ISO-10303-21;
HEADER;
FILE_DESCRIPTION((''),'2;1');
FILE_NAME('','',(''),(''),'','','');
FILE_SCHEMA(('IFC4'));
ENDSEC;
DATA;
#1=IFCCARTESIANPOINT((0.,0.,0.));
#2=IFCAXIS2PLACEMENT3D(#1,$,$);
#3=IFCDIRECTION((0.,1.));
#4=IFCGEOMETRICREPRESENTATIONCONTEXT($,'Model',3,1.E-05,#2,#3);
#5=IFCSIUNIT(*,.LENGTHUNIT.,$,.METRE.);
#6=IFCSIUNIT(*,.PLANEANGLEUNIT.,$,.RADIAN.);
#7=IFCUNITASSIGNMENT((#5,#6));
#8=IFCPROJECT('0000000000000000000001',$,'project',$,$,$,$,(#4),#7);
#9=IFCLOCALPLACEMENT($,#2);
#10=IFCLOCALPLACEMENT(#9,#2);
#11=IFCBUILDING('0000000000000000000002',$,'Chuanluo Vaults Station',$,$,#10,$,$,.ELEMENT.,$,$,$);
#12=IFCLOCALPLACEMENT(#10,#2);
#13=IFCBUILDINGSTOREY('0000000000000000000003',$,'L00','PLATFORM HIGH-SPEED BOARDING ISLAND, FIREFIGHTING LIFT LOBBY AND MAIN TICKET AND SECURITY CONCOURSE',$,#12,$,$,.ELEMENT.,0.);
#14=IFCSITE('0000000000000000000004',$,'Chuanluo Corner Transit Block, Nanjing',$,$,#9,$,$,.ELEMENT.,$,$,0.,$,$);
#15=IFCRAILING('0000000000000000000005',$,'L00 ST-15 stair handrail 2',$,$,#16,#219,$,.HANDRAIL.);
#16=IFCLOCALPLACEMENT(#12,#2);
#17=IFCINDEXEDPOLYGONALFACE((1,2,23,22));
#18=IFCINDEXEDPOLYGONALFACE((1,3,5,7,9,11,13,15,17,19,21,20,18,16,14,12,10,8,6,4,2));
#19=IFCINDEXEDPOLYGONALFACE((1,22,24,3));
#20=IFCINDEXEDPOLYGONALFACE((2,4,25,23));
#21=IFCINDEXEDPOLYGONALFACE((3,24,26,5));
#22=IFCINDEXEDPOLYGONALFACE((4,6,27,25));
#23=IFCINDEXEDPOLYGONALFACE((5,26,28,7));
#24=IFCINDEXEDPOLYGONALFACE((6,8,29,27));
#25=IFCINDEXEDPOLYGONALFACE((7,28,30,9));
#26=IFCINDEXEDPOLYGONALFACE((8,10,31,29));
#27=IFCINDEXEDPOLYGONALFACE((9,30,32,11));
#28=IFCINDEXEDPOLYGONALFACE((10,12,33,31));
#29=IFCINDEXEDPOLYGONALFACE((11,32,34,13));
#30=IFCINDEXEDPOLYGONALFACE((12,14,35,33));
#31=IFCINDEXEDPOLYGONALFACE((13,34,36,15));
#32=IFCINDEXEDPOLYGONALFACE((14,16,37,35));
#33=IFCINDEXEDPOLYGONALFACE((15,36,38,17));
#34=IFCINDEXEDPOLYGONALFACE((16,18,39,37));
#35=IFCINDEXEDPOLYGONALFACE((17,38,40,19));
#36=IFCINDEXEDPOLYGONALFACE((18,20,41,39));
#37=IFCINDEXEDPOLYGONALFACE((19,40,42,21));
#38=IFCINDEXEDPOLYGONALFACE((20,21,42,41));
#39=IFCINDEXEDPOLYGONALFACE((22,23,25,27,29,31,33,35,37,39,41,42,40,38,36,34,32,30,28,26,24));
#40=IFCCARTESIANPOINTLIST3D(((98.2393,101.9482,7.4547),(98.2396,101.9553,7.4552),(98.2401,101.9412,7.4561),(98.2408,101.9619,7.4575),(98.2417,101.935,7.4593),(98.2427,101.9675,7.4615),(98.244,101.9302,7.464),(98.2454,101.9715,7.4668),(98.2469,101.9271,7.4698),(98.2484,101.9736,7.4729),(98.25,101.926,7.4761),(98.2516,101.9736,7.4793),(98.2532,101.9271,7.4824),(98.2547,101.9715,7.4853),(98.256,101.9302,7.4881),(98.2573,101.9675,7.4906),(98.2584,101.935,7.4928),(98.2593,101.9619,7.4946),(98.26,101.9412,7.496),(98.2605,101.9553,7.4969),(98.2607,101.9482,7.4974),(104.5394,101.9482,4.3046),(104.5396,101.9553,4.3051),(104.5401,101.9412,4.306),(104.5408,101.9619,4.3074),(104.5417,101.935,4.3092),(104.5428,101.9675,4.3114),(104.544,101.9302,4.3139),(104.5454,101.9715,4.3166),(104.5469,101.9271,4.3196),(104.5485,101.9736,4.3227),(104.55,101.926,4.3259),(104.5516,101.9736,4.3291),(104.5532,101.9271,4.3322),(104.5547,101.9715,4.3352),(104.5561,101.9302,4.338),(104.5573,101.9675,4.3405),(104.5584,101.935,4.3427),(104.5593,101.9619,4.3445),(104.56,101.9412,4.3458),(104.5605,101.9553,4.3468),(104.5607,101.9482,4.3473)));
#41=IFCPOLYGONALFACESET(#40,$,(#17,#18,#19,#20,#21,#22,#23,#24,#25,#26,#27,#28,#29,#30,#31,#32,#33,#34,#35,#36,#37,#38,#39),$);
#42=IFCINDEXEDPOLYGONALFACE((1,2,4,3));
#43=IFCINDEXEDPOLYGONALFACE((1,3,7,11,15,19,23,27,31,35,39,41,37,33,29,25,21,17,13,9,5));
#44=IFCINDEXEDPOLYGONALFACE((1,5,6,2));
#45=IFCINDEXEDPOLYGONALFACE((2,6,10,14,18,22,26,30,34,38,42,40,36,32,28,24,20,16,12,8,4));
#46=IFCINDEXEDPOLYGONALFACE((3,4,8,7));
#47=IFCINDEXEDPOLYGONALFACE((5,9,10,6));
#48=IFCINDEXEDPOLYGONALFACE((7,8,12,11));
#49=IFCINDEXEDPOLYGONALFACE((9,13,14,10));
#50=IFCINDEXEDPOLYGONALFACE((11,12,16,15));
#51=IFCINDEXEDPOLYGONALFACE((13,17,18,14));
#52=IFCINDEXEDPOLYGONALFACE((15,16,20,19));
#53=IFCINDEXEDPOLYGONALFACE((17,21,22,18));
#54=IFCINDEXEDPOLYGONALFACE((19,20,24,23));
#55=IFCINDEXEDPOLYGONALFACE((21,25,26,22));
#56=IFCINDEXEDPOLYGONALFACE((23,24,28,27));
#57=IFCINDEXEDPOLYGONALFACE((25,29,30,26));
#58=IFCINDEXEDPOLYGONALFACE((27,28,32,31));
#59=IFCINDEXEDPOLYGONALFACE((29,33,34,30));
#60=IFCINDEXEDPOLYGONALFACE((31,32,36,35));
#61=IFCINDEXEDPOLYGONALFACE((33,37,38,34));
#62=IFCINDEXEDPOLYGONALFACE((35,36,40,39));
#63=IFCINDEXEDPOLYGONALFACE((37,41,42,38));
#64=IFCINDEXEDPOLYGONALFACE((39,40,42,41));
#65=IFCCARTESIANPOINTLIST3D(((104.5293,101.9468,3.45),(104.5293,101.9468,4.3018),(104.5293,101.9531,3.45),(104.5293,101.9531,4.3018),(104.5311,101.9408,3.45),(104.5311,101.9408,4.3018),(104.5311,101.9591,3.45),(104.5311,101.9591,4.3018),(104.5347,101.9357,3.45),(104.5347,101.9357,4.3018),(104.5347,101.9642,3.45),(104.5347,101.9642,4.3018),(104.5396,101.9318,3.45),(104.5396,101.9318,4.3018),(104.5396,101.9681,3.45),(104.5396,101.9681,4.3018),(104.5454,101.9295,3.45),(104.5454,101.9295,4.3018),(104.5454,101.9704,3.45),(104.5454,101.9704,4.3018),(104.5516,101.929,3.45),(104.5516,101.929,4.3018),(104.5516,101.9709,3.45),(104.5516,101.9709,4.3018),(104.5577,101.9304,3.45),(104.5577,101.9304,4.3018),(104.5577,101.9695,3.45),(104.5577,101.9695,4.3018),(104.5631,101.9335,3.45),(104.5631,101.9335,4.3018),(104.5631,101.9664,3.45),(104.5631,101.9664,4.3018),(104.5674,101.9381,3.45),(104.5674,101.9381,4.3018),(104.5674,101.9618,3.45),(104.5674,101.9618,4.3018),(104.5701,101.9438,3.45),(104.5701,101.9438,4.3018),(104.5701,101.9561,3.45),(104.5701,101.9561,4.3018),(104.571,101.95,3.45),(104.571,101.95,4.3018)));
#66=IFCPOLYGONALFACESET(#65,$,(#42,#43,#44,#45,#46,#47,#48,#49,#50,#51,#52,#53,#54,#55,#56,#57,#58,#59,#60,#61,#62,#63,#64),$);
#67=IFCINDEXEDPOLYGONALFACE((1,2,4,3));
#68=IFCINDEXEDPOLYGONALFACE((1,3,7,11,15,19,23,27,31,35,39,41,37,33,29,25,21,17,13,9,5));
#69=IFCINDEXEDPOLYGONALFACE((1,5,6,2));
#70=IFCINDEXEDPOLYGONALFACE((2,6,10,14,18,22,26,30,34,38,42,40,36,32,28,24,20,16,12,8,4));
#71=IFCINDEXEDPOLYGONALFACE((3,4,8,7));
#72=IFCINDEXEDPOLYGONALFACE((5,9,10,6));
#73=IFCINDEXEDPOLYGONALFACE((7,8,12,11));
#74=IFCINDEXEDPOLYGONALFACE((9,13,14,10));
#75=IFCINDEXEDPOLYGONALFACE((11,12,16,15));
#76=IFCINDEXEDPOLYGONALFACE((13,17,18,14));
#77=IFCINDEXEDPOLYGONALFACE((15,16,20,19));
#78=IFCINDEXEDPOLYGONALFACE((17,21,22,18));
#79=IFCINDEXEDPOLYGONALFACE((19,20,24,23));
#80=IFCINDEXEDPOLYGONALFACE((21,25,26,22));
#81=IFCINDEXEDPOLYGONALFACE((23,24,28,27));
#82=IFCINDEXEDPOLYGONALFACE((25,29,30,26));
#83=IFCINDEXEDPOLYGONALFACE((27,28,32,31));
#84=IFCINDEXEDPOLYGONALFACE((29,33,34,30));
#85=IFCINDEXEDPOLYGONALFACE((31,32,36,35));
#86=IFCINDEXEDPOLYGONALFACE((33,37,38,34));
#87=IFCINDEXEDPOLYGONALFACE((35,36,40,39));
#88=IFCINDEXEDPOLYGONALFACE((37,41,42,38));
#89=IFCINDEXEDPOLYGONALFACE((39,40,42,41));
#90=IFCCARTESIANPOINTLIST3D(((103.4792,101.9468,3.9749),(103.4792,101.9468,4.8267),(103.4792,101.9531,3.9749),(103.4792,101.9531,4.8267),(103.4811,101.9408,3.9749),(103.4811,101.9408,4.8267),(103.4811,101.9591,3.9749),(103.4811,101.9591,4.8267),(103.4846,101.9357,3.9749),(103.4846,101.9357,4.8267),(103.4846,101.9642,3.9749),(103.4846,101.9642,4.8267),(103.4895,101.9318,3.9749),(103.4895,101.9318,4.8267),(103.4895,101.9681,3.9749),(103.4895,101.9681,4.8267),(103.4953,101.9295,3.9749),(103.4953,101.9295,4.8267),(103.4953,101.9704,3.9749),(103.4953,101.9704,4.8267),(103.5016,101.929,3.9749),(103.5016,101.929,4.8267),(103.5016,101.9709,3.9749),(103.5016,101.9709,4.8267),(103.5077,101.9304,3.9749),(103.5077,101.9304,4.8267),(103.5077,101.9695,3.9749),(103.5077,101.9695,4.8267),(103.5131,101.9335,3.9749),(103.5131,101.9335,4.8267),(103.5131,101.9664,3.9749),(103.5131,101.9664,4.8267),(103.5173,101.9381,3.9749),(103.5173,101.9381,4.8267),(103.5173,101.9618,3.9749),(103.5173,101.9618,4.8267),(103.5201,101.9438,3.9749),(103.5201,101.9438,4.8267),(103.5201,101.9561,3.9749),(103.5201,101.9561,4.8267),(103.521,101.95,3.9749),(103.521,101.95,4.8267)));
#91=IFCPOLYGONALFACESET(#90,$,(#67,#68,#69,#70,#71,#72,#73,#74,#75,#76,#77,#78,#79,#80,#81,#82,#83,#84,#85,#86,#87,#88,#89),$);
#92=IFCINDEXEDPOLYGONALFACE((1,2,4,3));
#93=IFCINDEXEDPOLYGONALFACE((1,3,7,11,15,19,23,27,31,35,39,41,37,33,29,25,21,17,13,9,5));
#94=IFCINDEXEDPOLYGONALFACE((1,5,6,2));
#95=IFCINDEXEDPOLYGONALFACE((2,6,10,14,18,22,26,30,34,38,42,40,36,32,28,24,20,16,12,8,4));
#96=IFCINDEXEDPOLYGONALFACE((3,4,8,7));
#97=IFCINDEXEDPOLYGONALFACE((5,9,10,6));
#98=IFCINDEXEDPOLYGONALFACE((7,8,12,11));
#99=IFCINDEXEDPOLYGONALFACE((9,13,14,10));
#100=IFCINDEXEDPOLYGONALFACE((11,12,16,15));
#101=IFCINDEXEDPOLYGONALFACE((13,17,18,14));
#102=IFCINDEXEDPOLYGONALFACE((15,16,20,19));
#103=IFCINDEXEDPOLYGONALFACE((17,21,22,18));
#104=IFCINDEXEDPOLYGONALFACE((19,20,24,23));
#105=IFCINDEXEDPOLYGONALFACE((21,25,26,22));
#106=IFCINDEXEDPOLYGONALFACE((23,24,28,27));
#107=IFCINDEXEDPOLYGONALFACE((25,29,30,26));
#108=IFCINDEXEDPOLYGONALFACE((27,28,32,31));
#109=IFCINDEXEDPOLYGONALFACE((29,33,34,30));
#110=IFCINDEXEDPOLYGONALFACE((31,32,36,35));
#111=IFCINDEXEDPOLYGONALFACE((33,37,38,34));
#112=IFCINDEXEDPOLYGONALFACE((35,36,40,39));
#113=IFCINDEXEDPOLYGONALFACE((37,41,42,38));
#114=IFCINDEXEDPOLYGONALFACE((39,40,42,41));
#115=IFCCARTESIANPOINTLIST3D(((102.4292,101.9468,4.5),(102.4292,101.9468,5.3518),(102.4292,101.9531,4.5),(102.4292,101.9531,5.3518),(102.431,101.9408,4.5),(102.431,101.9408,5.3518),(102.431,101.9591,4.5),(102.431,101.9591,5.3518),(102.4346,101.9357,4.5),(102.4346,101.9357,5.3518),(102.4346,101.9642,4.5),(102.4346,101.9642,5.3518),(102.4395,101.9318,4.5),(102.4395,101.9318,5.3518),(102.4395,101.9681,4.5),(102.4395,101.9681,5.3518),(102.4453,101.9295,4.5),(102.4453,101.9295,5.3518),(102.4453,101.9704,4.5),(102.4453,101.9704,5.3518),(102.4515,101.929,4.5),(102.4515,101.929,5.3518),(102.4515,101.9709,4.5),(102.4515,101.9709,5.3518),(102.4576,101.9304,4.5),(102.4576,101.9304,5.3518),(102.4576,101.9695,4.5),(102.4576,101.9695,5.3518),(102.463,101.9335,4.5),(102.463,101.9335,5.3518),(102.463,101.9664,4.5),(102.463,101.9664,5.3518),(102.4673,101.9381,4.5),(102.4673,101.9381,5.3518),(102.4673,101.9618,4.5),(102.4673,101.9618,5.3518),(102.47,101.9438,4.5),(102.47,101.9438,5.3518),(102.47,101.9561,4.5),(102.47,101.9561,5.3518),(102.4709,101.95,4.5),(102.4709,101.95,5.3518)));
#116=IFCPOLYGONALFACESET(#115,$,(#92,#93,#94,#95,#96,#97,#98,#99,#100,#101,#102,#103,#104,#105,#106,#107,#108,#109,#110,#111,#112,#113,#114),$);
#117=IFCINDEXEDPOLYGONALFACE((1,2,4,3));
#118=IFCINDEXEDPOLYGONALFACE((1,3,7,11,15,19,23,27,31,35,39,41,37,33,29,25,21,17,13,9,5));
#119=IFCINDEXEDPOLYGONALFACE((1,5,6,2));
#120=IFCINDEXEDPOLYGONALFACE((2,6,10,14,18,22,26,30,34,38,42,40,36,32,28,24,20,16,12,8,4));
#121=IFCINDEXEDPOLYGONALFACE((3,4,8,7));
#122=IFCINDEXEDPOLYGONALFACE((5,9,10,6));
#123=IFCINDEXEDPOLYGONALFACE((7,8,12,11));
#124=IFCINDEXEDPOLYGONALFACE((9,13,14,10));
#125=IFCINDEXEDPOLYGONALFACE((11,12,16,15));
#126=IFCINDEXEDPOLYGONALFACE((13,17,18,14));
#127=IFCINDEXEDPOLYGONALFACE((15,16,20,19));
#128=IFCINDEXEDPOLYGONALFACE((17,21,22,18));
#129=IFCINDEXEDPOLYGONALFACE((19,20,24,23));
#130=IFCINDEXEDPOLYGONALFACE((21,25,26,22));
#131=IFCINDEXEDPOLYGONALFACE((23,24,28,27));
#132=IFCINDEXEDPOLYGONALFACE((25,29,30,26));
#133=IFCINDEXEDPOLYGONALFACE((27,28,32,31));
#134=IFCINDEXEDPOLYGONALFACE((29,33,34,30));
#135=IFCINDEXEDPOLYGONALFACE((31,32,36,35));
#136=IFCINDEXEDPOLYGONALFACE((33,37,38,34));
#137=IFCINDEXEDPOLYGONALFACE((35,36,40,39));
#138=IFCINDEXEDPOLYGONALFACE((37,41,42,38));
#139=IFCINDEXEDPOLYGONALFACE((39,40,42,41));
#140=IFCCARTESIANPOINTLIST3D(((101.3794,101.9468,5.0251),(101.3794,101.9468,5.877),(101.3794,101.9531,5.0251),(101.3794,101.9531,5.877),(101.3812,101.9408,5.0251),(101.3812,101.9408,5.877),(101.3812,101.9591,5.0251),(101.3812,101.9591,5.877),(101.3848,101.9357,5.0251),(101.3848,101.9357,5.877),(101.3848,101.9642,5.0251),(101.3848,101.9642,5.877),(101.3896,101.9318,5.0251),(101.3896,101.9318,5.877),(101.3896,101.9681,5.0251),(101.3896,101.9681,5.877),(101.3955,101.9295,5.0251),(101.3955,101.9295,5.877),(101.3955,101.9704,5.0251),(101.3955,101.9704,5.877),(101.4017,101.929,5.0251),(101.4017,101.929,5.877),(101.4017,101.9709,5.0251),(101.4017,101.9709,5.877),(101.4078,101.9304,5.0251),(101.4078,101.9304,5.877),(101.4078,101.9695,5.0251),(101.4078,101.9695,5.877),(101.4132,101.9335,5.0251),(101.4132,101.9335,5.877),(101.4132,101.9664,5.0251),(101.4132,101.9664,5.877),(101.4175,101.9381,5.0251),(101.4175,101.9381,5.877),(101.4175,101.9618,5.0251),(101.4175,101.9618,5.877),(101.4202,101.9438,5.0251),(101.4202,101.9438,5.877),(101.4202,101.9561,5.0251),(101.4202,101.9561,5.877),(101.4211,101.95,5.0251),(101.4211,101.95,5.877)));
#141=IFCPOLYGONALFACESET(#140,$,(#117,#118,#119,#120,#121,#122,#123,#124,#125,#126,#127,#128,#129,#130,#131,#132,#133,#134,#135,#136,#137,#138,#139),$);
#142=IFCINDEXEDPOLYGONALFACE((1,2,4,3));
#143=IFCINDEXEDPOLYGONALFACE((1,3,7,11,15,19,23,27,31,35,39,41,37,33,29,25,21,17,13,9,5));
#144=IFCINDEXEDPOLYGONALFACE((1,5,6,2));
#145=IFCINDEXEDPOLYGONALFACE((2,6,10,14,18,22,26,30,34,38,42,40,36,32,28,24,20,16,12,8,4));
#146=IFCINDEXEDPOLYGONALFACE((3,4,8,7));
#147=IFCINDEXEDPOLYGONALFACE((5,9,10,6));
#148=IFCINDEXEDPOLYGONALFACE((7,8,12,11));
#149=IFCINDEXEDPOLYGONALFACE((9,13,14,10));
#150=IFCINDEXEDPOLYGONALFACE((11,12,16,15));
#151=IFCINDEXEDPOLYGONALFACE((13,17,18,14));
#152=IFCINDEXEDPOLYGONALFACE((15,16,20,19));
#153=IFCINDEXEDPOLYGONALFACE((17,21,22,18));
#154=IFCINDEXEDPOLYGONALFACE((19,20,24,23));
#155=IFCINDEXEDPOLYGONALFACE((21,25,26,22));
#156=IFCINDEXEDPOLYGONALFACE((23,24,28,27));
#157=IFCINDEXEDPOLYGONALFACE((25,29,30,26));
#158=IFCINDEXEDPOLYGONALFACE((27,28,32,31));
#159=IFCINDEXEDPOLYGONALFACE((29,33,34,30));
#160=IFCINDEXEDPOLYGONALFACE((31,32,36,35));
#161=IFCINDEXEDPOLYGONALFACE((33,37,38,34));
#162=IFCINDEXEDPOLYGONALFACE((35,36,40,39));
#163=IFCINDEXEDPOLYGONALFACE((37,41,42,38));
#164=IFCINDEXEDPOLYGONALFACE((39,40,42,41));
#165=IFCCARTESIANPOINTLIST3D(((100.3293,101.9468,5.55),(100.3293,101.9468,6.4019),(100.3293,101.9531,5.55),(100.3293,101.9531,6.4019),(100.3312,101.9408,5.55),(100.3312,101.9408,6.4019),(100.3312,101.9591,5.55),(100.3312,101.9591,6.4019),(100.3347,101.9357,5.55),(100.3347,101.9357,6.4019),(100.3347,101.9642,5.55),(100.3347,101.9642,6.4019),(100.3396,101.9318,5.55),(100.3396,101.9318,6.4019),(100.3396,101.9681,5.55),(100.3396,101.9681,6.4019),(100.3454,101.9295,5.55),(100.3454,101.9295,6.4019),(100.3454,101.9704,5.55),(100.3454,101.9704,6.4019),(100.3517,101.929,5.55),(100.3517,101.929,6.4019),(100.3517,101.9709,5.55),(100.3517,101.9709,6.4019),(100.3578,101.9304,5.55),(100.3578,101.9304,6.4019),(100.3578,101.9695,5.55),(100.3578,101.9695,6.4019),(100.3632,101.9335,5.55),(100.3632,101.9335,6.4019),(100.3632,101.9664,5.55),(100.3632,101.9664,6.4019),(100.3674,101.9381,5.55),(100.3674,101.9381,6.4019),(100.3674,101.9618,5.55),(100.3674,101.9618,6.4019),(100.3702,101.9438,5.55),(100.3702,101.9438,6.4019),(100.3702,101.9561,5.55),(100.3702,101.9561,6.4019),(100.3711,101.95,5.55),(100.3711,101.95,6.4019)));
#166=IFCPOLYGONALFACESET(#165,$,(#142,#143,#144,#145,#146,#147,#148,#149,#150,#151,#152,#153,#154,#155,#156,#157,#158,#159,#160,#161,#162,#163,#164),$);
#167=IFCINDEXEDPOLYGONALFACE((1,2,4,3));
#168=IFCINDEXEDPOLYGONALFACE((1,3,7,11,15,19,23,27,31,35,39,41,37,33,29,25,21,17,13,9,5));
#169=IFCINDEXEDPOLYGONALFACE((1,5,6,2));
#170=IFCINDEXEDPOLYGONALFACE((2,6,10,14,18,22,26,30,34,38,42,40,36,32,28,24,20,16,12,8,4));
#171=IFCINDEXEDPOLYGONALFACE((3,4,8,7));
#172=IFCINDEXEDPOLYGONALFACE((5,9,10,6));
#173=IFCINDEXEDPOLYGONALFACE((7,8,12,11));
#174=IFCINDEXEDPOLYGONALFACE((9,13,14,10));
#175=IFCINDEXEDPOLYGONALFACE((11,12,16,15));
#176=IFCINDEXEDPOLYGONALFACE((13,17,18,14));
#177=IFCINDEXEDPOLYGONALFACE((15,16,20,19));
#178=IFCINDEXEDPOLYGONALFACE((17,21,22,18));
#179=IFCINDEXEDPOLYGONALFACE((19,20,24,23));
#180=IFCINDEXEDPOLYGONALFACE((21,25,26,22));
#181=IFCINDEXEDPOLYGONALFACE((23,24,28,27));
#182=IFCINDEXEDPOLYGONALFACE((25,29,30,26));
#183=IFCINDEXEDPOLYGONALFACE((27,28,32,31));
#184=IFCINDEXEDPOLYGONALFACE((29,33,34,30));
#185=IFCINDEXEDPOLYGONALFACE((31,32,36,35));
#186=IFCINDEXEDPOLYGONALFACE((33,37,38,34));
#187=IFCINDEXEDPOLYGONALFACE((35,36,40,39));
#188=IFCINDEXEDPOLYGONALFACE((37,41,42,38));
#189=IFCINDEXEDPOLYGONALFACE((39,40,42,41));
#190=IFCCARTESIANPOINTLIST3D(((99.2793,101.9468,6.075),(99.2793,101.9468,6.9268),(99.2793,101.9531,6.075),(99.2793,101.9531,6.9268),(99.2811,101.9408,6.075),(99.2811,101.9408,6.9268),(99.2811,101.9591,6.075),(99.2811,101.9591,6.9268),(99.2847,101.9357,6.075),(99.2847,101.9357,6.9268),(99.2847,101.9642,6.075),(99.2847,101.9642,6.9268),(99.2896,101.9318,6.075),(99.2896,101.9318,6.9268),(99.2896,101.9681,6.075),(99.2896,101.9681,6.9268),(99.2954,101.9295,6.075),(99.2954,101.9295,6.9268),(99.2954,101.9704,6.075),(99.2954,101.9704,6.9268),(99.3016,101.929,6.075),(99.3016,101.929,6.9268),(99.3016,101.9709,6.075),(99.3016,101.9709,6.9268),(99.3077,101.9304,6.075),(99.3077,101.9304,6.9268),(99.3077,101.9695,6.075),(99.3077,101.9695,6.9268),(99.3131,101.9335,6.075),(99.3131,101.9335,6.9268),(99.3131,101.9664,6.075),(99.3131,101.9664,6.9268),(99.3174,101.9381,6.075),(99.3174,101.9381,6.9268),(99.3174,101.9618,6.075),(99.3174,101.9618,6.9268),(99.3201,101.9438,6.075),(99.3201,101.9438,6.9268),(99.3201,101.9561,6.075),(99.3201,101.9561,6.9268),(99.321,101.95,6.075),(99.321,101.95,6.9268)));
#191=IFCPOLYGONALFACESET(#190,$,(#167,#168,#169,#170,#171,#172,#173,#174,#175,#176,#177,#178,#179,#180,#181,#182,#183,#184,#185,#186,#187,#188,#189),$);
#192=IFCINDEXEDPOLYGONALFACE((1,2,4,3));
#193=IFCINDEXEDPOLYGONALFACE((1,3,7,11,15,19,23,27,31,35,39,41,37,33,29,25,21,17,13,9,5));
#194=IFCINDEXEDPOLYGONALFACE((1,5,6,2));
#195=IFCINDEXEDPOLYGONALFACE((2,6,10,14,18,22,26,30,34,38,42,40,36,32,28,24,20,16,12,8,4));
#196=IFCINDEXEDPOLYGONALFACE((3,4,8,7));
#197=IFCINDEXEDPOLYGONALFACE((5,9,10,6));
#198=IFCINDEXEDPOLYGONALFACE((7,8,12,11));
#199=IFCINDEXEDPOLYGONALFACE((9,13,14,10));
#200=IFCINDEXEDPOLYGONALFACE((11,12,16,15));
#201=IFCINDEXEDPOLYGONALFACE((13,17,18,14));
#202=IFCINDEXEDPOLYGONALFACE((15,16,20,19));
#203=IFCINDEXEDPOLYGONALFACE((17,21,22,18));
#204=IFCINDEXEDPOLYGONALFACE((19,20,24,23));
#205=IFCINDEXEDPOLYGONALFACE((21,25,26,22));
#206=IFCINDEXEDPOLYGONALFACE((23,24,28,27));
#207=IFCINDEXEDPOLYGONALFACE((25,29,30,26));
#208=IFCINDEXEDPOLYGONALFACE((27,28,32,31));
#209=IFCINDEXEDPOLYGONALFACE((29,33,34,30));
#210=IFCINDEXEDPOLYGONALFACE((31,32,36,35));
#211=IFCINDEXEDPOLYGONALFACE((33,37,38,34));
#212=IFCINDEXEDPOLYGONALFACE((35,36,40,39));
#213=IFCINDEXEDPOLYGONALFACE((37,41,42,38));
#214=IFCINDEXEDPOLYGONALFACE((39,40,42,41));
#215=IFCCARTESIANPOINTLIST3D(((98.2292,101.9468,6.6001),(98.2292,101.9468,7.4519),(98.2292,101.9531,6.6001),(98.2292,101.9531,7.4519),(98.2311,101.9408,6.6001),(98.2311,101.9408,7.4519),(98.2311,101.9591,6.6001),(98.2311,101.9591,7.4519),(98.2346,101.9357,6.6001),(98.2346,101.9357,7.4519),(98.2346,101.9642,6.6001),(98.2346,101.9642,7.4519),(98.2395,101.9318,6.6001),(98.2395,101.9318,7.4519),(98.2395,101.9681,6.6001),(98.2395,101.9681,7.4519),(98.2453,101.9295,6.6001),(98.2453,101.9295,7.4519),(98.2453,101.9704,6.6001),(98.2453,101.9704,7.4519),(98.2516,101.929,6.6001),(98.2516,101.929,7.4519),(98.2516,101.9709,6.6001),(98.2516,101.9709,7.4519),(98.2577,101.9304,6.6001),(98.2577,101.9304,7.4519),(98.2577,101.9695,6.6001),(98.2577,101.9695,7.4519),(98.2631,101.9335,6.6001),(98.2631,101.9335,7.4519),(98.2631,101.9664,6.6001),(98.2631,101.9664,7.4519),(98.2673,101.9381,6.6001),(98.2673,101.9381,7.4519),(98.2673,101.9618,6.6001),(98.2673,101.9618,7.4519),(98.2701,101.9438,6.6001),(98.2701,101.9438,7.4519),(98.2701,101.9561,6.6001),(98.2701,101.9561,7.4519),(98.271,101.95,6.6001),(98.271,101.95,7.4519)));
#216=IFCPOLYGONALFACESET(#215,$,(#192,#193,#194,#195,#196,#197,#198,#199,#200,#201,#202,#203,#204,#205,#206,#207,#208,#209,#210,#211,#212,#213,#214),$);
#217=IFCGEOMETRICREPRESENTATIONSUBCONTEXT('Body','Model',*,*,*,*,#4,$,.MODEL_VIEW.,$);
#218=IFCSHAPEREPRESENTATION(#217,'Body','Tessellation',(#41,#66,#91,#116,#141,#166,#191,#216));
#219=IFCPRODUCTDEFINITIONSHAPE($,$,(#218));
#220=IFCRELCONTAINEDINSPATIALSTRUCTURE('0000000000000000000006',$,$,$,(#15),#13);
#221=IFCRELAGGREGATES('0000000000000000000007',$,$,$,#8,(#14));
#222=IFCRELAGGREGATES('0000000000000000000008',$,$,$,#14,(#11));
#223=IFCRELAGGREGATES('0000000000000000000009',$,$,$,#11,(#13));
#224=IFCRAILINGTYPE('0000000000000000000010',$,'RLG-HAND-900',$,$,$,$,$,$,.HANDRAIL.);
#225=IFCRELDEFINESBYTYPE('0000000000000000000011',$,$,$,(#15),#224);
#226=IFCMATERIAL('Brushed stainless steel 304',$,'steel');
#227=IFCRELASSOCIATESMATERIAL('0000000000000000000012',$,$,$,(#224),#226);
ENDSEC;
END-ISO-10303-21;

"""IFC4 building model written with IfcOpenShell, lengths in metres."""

from ifc_helpers import new_model, si_unit, direction, frame, origin, origin_2d, place, context, subcontext, project, spatial, circle, extrude, material, type_object, element, save


model = new_model("IFC4")

# Units and contexts
model_context = context("Model", 3, precision=1e-05, world=origin(), true_north=direction((0.0, 1.0)))
body_context = subcontext(model_context, "Body", "Model", "MODEL_VIEW")
ifc_project = project(units=[si_unit("LENGTHUNIT", "METRE"), si_unit("PLANEANGLEUNIT", "RADIAN")], contexts=[model_context])

# Site, building, storey
site_placement = place(None, origin())
site = spatial("IfcSite", under=ifc_project, at=site_placement, Name="Chuanluo Corner Transit Block, Nanjing", CompositionType="ELEMENT", RefElevation=0.0)
building_placement = place(site_placement, origin())
building = spatial("IfcBuilding", under=site, at=building_placement, Name="Chuanluo Vaults Station", CompositionType="ELEMENT")
storey_placement = place(building_placement, origin())
storey = spatial("IfcBuildingStorey", under=building, at=storey_placement, Name="L00", Description="PLATFORM HIGH-SPEED BOARDING ISLAND, FIREFIGHTING LIFT LOBBY AND MAIN TICKET AND SECURITY CONCOURSE", CompositionType="ELEMENT", Elevation=0.0)

# Railing
ifc_material_1 = material(Name="Brushed stainless steel 304", Category="steel")
railing_type_1 = type_object("IfcRailingType", Name="RLG-HAND-900", PredefinedType="HANDRAIL", material=ifc_material_1)
railing_1_placement = place(storey_placement, frame((104.55, 101.95, 3.45)))
element("IfcRailing", 1, at=railing_1_placement, inside=storey, type_object=railing_type_1, Name="L00 ST-15 stair handrail 2", PredefinedType="HANDRAIL", context=body_context, shape_type="SweptSolid", body=[
    extrude(circle(Radius=0.0239, at=origin_2d()), frame((0.0, 0.0, 0.876), z_axis=(-0.89442, 0.0, 0.447227), x_axis=(0.0, -1.0, 0.0)), (0.0, 0.0, 1.0), 7.0437),
    extrude(circle(Radius=0.021, at=origin_2d()), origin(), (0.0, 0.0, 1.0), 0.8518),
    extrude(circle(Radius=0.021, at=origin_2d()), frame((-1.05, 0.0, 0.5249)), (0.0, 0.0, 1.0), 0.8518),
    extrude(circle(Radius=0.021, at=origin_2d()), frame((-2.1001, 0.0, 1.05)), (0.0, 0.0, 1.0), 0.8518),
    extrude(circle(Radius=0.021, at=origin_2d()), frame((-3.1499, 0.0, 1.5752)), (0.0, 0.0, 1.0), 0.8518),
    extrude(circle(Radius=0.021, at=origin_2d()), frame((-4.2, 0.0, 2.1001)), (0.0, 0.0, 1.0), 0.8518),
    extrude(circle(Radius=0.021, at=origin_2d()), frame((-5.25, 0.0, 2.625)), (0.0, 0.0, 1.0), 0.8518),
    extrude(circle(Radius=0.021, at=origin_2d()), frame((-6.3, 0.0, 3.1501)), (0.0, 0.0, 1.0), 0.8518),
])

save(model, "model.ifc")
